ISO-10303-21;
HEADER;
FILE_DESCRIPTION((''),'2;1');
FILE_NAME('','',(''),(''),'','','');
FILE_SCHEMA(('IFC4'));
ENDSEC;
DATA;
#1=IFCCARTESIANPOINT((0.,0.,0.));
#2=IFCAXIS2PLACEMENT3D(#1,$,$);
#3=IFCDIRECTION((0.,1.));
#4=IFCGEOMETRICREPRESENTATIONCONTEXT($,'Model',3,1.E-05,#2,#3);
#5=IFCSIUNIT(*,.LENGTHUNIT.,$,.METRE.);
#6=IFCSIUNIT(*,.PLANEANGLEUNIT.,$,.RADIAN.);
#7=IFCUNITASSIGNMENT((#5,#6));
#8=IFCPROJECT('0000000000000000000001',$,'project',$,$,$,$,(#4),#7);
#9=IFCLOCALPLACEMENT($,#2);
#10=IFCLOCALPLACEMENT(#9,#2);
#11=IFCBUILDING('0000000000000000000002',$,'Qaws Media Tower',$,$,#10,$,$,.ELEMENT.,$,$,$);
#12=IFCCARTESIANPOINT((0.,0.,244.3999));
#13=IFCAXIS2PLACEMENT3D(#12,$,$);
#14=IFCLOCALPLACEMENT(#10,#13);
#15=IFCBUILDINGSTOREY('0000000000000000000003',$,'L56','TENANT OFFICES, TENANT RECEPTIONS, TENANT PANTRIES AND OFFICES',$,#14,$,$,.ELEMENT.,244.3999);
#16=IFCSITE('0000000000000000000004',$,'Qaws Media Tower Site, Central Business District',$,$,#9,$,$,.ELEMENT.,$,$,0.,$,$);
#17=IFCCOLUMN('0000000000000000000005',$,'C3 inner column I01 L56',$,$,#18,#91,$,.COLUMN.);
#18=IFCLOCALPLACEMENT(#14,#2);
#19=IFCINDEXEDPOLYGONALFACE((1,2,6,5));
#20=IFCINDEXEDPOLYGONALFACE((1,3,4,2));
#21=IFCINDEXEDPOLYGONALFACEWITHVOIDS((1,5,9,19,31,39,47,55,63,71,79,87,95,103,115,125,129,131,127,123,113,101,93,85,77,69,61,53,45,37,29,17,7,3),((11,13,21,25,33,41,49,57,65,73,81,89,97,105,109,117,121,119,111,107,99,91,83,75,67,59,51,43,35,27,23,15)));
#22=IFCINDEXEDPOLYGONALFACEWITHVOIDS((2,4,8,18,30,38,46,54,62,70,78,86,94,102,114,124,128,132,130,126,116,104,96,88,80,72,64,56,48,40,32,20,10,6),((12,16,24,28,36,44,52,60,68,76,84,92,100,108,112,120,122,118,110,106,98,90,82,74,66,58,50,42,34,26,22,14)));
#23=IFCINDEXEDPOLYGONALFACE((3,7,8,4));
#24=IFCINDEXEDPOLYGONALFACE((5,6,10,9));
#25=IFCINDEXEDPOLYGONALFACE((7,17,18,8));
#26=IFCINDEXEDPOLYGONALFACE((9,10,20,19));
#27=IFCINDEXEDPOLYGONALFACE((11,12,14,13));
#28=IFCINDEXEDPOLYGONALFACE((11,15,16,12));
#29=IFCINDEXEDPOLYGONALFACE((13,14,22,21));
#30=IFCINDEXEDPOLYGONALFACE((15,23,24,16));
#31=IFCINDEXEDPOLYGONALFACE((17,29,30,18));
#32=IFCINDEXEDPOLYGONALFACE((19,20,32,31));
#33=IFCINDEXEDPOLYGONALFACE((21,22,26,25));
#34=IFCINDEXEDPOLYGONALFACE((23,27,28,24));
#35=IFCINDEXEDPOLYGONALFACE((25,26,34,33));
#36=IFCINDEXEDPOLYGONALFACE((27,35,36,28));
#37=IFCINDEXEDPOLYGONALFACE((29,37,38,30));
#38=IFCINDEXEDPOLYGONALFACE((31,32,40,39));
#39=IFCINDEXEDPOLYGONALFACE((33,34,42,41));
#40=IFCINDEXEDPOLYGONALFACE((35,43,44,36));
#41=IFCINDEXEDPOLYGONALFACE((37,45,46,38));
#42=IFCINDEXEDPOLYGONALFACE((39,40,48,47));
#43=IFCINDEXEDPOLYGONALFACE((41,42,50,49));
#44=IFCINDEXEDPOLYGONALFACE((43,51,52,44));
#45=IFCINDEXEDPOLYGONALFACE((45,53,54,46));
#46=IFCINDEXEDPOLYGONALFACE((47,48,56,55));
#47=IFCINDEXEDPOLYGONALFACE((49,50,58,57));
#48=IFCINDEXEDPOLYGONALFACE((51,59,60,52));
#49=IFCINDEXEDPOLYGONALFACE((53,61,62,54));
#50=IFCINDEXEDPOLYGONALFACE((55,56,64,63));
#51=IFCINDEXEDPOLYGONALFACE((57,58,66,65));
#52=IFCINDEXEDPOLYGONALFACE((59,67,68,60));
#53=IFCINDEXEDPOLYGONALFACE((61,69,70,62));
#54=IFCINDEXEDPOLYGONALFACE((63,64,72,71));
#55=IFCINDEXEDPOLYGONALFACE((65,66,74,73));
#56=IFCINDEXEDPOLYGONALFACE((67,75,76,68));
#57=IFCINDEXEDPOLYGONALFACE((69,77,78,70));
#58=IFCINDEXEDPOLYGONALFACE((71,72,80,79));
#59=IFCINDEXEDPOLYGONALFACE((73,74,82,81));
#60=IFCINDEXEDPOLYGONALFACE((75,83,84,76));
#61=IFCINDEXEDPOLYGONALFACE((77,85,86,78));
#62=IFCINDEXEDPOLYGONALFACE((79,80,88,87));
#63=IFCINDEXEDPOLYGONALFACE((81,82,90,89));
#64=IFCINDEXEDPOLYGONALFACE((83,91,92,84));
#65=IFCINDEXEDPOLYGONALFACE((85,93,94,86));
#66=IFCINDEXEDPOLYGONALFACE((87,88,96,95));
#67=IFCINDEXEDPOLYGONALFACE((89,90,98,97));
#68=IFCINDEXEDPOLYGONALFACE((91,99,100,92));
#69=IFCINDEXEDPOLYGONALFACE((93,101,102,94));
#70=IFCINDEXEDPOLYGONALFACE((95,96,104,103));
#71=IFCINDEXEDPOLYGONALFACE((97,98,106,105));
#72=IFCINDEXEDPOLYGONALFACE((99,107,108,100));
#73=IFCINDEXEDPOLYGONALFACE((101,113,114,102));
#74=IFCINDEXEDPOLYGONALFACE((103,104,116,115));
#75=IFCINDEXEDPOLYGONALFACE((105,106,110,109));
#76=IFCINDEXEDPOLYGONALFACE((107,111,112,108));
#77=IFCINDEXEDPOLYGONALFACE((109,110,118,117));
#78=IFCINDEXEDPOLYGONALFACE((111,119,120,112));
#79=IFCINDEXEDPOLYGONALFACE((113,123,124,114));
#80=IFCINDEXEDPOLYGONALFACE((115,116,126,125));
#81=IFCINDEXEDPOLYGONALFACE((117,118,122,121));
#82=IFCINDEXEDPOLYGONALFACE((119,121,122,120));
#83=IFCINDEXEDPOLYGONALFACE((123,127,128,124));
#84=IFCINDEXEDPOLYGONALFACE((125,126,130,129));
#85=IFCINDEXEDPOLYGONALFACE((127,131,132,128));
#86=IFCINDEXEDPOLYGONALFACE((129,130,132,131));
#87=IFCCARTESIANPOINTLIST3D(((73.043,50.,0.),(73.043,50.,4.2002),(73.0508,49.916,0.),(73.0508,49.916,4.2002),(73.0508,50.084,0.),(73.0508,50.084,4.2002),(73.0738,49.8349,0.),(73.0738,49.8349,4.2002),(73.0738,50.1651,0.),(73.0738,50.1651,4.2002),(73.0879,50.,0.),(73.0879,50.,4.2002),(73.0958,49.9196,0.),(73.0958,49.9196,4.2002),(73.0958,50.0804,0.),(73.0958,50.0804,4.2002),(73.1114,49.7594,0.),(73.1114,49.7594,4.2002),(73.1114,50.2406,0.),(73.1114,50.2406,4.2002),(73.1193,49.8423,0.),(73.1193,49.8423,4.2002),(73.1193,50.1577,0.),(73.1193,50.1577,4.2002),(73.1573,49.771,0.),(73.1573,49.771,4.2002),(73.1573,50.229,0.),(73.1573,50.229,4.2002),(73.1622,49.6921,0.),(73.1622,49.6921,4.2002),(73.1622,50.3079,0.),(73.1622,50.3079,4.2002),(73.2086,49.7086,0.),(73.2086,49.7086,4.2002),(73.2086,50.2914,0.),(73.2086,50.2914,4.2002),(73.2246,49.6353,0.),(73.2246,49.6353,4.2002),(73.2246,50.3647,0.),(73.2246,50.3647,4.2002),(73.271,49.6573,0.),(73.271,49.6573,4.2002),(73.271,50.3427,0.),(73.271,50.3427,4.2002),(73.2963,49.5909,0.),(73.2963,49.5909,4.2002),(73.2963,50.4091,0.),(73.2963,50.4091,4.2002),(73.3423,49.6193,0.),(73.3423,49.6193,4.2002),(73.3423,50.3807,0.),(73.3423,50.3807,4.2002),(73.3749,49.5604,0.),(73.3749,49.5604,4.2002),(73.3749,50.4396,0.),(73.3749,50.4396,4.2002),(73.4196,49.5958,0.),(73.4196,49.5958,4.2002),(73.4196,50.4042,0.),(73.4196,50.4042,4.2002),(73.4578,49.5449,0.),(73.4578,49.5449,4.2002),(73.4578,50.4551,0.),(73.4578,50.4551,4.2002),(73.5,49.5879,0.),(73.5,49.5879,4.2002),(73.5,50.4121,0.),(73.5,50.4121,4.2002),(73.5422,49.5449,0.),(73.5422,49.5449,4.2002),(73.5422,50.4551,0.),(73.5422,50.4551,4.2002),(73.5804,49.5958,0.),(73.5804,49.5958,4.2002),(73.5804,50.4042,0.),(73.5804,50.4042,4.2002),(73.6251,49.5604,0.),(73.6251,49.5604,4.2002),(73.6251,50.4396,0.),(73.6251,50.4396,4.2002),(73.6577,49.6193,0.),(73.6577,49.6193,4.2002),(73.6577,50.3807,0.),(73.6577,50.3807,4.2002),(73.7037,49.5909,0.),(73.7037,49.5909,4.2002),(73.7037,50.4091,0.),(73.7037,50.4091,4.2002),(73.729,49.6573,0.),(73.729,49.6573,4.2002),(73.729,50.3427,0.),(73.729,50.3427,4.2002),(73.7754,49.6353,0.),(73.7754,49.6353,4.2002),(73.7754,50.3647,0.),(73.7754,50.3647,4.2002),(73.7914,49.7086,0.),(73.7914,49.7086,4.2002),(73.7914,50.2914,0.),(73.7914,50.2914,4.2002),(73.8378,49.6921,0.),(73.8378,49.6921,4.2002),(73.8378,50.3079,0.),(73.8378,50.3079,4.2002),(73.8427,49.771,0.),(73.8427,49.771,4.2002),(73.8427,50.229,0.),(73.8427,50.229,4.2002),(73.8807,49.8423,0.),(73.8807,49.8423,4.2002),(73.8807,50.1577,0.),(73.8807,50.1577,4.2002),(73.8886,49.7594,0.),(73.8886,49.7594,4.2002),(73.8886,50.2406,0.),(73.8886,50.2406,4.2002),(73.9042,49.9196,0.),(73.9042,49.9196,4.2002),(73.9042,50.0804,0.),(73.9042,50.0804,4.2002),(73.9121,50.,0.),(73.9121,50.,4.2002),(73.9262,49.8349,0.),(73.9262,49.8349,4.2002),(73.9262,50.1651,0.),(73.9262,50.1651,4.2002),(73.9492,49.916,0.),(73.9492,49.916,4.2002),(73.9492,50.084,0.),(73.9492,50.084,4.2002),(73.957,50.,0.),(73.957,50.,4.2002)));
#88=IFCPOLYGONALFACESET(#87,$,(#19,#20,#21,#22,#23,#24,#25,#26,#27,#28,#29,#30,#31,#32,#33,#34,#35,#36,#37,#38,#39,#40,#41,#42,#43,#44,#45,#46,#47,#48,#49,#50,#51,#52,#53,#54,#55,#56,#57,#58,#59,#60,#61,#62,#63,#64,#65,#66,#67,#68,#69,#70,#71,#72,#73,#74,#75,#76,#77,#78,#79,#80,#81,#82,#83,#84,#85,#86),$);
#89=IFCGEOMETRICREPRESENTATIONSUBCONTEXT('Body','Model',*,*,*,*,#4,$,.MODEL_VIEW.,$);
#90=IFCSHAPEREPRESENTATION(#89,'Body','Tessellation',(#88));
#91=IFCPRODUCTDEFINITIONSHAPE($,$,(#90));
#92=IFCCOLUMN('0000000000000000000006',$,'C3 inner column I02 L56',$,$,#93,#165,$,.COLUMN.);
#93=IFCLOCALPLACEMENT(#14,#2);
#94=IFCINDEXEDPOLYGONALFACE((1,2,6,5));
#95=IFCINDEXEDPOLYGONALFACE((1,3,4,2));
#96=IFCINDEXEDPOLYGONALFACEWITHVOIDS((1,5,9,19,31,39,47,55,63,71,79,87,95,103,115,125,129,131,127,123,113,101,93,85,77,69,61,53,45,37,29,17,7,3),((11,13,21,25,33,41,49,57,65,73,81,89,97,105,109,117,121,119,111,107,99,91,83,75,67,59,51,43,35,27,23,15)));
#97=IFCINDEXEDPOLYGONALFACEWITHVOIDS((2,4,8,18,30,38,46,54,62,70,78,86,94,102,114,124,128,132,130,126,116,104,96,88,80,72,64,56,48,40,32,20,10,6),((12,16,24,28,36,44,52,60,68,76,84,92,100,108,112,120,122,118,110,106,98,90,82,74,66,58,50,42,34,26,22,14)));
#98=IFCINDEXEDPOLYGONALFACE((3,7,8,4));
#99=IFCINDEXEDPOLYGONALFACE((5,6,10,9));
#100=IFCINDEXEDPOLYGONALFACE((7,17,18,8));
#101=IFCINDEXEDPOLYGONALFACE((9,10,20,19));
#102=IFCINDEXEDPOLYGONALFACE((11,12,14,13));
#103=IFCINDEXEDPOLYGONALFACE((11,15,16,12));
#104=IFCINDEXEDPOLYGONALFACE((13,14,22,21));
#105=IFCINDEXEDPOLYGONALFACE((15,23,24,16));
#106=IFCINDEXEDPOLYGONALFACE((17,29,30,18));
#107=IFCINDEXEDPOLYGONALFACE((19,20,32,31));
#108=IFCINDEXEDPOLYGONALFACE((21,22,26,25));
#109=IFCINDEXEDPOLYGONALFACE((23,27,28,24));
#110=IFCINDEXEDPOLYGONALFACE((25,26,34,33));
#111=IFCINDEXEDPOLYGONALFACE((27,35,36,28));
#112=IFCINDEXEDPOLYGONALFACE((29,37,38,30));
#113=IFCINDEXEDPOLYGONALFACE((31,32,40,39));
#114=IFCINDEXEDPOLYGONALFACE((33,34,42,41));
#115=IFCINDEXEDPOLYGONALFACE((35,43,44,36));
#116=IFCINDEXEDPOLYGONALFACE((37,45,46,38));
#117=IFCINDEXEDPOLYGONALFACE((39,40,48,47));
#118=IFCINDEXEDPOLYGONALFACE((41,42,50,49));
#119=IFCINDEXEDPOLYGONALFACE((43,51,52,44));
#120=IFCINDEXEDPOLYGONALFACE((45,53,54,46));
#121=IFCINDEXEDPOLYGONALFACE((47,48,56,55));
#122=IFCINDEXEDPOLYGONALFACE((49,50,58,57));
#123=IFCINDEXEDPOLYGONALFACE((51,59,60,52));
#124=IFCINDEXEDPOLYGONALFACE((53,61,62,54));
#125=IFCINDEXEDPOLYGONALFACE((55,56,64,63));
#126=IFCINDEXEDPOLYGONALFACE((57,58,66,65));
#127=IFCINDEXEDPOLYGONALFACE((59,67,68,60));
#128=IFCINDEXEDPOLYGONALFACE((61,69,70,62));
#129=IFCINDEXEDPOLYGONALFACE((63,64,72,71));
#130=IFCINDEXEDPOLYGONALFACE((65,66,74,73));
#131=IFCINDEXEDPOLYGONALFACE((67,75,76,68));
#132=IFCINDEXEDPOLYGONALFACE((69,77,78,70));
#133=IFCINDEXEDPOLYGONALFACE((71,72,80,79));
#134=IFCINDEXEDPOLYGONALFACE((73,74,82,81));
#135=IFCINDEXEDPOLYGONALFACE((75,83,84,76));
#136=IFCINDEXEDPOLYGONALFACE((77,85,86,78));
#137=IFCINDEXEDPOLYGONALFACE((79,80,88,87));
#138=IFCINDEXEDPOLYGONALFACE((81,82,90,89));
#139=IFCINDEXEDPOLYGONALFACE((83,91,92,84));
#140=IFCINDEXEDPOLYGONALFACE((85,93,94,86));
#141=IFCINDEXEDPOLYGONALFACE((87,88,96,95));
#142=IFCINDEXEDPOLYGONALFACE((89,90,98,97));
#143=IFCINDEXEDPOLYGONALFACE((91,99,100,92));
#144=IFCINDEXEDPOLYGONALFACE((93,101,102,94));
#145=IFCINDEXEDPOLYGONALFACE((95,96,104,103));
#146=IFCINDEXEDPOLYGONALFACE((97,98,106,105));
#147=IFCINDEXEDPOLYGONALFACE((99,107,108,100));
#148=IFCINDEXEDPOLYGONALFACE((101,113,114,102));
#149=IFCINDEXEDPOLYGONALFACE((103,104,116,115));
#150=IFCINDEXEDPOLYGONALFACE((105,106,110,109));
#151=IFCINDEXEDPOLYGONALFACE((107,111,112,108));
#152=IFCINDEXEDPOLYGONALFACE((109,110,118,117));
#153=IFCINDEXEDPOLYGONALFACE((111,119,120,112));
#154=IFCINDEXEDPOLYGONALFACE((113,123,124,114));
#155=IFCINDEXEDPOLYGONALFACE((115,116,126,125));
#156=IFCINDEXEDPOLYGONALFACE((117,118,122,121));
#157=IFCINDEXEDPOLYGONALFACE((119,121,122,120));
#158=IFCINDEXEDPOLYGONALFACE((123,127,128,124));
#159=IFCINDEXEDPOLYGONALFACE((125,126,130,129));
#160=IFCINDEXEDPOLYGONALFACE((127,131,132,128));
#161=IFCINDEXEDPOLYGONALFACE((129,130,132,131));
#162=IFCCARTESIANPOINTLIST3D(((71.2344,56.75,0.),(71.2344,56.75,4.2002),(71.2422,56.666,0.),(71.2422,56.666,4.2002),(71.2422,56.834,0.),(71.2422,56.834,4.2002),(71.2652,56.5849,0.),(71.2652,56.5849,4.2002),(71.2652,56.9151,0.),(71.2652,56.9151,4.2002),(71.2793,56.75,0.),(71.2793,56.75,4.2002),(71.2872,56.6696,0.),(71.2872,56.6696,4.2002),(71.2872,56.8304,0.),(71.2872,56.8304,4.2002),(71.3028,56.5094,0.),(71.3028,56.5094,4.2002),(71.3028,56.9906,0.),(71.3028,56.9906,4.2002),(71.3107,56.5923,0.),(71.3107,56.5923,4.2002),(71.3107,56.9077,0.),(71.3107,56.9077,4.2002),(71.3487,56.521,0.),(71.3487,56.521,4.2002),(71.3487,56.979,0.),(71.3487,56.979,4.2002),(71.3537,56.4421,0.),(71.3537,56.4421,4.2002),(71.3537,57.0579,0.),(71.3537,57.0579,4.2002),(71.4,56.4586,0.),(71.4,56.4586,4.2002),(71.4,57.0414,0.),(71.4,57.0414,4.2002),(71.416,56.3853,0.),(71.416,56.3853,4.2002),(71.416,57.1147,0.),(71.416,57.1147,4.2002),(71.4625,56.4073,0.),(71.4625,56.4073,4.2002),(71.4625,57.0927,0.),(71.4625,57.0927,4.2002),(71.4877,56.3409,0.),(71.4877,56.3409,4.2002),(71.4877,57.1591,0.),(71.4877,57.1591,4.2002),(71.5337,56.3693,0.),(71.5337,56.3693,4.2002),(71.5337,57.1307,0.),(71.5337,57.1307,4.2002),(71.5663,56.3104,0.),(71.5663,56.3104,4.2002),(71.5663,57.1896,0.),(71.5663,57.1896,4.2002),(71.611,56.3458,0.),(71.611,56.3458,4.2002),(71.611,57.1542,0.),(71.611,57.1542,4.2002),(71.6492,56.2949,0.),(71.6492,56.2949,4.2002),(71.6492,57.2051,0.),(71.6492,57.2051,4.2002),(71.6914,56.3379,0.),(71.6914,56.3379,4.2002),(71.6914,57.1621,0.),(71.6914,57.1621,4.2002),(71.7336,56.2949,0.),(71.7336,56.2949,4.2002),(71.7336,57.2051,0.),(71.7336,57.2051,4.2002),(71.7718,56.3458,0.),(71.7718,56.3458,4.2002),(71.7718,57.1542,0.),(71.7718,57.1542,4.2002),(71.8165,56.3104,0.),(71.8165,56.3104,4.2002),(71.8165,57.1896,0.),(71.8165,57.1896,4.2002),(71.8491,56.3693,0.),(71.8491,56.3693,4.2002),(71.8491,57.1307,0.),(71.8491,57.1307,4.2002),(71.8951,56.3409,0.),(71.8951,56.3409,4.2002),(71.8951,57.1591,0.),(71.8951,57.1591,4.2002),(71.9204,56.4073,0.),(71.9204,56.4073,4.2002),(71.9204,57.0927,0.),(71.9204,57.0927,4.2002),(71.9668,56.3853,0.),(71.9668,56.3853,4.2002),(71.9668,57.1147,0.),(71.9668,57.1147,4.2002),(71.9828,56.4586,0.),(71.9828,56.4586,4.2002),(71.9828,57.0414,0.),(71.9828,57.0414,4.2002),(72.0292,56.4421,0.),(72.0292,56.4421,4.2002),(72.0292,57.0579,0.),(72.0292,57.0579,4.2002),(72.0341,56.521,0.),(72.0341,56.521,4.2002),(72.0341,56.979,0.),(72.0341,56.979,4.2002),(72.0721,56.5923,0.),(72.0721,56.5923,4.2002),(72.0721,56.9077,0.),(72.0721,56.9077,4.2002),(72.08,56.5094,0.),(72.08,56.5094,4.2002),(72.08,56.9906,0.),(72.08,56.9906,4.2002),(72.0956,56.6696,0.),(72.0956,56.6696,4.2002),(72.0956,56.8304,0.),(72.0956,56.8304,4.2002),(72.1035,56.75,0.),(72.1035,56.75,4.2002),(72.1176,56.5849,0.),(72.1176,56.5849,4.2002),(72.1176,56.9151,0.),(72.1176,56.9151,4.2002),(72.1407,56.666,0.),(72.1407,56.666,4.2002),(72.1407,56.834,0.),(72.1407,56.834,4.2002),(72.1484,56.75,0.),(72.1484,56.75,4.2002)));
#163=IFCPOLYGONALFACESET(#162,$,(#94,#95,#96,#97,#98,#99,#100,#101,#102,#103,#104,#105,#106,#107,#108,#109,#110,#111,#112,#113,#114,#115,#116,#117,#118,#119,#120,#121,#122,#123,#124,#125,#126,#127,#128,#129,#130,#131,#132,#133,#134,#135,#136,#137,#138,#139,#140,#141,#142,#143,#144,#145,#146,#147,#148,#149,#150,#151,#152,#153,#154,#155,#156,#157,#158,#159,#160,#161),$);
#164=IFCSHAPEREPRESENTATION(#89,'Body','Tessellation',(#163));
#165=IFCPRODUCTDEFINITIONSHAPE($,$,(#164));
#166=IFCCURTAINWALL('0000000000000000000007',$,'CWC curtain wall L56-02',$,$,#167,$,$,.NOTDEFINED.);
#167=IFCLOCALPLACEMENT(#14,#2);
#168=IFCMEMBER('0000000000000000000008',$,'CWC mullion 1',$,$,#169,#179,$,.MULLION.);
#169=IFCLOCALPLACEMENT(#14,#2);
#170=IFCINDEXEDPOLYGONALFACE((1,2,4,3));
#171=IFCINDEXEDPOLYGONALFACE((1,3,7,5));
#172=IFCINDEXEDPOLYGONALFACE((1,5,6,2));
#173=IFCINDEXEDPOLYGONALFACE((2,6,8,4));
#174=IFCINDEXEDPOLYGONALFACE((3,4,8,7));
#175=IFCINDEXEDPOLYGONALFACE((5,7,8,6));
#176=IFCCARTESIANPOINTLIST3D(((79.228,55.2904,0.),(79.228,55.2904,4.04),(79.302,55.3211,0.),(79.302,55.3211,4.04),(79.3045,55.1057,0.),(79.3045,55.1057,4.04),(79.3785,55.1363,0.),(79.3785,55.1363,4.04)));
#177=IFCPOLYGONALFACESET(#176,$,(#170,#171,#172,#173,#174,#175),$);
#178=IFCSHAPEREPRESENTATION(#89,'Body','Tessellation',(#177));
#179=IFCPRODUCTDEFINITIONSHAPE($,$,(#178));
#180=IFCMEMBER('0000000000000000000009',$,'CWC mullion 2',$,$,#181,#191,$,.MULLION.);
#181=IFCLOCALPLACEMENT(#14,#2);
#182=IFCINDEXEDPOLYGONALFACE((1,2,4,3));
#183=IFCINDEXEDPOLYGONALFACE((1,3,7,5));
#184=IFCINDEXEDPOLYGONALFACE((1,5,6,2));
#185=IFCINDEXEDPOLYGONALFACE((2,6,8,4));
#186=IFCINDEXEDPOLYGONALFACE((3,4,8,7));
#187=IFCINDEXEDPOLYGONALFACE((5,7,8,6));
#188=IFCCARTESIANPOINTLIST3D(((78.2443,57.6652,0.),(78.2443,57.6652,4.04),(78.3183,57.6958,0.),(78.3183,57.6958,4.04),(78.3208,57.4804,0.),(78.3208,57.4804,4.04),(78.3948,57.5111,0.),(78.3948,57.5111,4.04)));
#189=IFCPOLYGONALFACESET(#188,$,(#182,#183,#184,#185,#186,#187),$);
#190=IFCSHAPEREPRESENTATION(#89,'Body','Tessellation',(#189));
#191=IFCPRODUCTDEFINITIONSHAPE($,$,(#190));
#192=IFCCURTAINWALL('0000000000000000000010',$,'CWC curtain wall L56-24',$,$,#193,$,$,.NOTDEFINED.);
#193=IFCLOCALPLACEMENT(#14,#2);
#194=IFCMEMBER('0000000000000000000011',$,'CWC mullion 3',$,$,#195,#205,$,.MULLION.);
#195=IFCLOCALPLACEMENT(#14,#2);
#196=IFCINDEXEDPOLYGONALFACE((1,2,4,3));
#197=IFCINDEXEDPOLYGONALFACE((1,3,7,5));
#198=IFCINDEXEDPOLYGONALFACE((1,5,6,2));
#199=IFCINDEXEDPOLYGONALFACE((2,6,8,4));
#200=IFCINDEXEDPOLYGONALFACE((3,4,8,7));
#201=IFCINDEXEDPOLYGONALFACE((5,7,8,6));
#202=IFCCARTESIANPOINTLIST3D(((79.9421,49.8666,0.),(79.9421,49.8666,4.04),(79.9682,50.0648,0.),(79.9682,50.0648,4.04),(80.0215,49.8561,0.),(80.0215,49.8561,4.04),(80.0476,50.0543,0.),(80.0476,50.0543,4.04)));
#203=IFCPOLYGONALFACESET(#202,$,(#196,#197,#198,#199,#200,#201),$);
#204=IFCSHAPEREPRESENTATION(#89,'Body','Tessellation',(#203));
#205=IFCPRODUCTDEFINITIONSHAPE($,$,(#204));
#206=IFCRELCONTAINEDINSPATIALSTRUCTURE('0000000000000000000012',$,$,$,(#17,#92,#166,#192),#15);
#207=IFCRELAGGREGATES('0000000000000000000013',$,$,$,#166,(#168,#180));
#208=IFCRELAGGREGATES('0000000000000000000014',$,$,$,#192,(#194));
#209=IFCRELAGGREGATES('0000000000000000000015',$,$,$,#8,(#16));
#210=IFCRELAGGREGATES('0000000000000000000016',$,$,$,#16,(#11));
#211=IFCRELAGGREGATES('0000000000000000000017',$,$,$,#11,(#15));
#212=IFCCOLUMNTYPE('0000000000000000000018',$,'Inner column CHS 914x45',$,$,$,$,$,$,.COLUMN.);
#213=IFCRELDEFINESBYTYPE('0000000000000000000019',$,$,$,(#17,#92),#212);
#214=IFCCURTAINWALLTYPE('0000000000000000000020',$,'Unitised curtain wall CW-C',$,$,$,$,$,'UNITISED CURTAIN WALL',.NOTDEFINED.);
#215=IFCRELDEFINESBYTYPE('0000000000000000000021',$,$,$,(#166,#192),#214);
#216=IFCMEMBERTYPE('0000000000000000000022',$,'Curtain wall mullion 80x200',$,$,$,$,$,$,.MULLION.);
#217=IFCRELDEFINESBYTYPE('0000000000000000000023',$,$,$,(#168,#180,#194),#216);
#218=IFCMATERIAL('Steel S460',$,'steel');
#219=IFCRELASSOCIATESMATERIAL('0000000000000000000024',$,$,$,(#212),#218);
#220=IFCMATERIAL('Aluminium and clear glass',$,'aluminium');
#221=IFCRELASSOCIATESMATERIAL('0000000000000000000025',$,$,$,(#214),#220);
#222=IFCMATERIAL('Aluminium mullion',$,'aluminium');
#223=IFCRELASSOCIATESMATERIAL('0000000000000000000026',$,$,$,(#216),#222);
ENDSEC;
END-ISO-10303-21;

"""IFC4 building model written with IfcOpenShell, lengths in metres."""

from ifc_helpers import new_model, si_unit, direction, frame, origin, origin_2d, place, context, subcontext, project, spatial, rectangle, hollow_circle, extrude, material, material_profile, profile_set, type_object, element, aggregate, save


model = new_model("IFC4")

# Units and contexts
model_context = context("Model", 3, precision=1e-05, world=origin(), true_north=direction((0.0, 1.0)))
body_context = subcontext(model_context, "Body", "Model", "MODEL_VIEW")
ifc_project = project(units=[si_unit("LENGTHUNIT", "METRE"), si_unit("PLANEANGLEUNIT", "RADIAN")], contexts=[model_context])

# Site, building, storey
site_placement = place(None, origin())
site = spatial("IfcSite", under=ifc_project, at=site_placement, Name="Qaws Media Tower Site, Central Business District", CompositionType="ELEMENT", RefElevation=0.0)
building_placement = place(site_placement, origin())
building = spatial("IfcBuilding", under=site, at=building_placement, Name="Qaws Media Tower", CompositionType="ELEMENT")
storey_placement = place(building_placement, frame((0.0, 0.0, 244.3999)))
storey = spatial("IfcBuildingStorey", under=building, at=storey_placement, Name="L56", Description="TENANT OFFICES, TENANT RECEPTIONS, TENANT PANTRIES AND OFFICES", CompositionType="ELEMENT", Elevation=244.3999)

# Columns
ifc_material_1 = material(Name="Steel S460", Category="steel")
ifc_material_profile_1 = material_profile(ifc_material_1, hollow_circle(Radius=0.457, WallThickness=0.0449, at=origin_2d()), Name="CHS 914x45")
ifc_profile_set_1 = profile_set([ifc_material_profile_1], Name="Steel S460")
column_type = type_object("IfcColumnType", Name="Inner column CHS 914x45", PredefinedType="COLUMN", material=ifc_profile_set_1)
for number, where, z_axis, x_axis, name in (
    (1, (73.5, 50.0, 0.0), (0.0, 0.0, 1.0), (1.0, 0.0, 0.0), "C3 inner column I01 L56"),
    (2, (71.6914, 56.75, 0.0), (0.0, 0.0, 1.0), (1.0, 0.0, 0.0), "C3 inner column I02 L56"),
):
    element("IfcColumn", number, at=place(storey_placement, frame(where, z_axis=z_axis, x_axis=x_axis)), inside=storey, type_object=column_type, Name=name, PredefinedType="COLUMN", context=body_context, shape_type="SweptSolid", body=[
        extrude(hollow_circle(Radius=0.457, WallThickness=0.0449, at=origin_2d()), origin(), (0.0, 0.0, 1.0), 4.2002),
    ])

# Curtain wall, members
ifc_material_2 = material(Name="Aluminium and clear glass", Category="aluminium")
curtain_wall_type = type_object("IfcCurtainWallType", Name="Unitised curtain wall CW-C", ElementType="UNITISED CURTAIN WALL", PredefinedType="NOTDEFINED", material=ifc_material_2)
curtain_wall_1_placement = place(storey_placement, origin())
curtain_wall_1 = element("IfcCurtainWall", 3, at=curtain_wall_1_placement, inside=storey, type_object=curtain_wall_type, Name="CWC curtain wall L56-02", PredefinedType="NOTDEFINED")
ifc_material_3 = material(Name="Aluminium mullion", Category="aluminium")
ifc_material_profile_2 = material_profile(ifc_material_3, rectangle(XDim=0.0801, YDim=0.2, at=origin_2d()), Name="80x200")
ifc_profile_set_2 = profile_set([ifc_material_profile_2], Name="Aluminium mullion")
member_type_1 = type_object("IfcMemberType", Name="Curtain wall mullion 80x200", PredefinedType="MULLION", material=ifc_profile_set_2)
member_1_placement = place(storey_placement, frame((79.3032, 55.2134, 0.0), z_axis=(0.0, 0.0, 1.0), x_axis=(-0.923879, -0.382684, 0.0)))
member_1 = element("IfcMember", 4, at=member_1_placement, type_object=member_type_1, Name="CWC mullion 1", PredefinedType="MULLION", context=body_context, shape_type="SweptSolid", body=[
    extrude(rectangle(XDim=0.0801, YDim=0.2, at=origin_2d()), origin(), (0.0, 0.0, 1.0), 4.04),
])
member_2_placement = place(storey_placement, frame((78.3196, 57.5881, 0.0), z_axis=(0.0, 0.0, 1.0), x_axis=(-0.923879, -0.382684, 0.0)))
member_2 = element("IfcMember", 5, at=member_2_placement, type_object=member_type_1, Name="CWC mullion 2", PredefinedType="MULLION", context=body_context, shape_type="SweptSolid", body=[
    extrude(rectangle(XDim=0.0801, YDim=0.2, at=origin_2d()), origin(), (0.0, 0.0, 1.0), 4.04),
])

# Curtain wall, member
curtain_wall_2_placement = place(storey_placement, origin())
curtain_wall_2 = element("IfcCurtainWall", 6, at=curtain_wall_2_placement, inside=storey, type_object=curtain_wall_type, Name="CWC curtain wall L56-24", PredefinedType="NOTDEFINED")
member_3_placement = place(storey_placement, frame((79.9949, 49.9604, 0.0), z_axis=(0.0, 0.0, 1.0), x_axis=(-0.991445, 0.130526, 0.0)))
member_3 = element("IfcMember", 7, at=member_3_placement, type_object=member_type_1, Name="CWC mullion 3", PredefinedType="MULLION", context=body_context, shape_type="SweptSolid", body=[
    extrude(rectangle(XDim=0.0801, YDim=0.2, at=origin_2d()), origin(), (0.0, 0.0, 1.0), 4.04),
])

aggregate(curtain_wall_1, [member_1, member_2])
aggregate(curtain_wall_2, [member_3])

save(model, "model.ifc")
